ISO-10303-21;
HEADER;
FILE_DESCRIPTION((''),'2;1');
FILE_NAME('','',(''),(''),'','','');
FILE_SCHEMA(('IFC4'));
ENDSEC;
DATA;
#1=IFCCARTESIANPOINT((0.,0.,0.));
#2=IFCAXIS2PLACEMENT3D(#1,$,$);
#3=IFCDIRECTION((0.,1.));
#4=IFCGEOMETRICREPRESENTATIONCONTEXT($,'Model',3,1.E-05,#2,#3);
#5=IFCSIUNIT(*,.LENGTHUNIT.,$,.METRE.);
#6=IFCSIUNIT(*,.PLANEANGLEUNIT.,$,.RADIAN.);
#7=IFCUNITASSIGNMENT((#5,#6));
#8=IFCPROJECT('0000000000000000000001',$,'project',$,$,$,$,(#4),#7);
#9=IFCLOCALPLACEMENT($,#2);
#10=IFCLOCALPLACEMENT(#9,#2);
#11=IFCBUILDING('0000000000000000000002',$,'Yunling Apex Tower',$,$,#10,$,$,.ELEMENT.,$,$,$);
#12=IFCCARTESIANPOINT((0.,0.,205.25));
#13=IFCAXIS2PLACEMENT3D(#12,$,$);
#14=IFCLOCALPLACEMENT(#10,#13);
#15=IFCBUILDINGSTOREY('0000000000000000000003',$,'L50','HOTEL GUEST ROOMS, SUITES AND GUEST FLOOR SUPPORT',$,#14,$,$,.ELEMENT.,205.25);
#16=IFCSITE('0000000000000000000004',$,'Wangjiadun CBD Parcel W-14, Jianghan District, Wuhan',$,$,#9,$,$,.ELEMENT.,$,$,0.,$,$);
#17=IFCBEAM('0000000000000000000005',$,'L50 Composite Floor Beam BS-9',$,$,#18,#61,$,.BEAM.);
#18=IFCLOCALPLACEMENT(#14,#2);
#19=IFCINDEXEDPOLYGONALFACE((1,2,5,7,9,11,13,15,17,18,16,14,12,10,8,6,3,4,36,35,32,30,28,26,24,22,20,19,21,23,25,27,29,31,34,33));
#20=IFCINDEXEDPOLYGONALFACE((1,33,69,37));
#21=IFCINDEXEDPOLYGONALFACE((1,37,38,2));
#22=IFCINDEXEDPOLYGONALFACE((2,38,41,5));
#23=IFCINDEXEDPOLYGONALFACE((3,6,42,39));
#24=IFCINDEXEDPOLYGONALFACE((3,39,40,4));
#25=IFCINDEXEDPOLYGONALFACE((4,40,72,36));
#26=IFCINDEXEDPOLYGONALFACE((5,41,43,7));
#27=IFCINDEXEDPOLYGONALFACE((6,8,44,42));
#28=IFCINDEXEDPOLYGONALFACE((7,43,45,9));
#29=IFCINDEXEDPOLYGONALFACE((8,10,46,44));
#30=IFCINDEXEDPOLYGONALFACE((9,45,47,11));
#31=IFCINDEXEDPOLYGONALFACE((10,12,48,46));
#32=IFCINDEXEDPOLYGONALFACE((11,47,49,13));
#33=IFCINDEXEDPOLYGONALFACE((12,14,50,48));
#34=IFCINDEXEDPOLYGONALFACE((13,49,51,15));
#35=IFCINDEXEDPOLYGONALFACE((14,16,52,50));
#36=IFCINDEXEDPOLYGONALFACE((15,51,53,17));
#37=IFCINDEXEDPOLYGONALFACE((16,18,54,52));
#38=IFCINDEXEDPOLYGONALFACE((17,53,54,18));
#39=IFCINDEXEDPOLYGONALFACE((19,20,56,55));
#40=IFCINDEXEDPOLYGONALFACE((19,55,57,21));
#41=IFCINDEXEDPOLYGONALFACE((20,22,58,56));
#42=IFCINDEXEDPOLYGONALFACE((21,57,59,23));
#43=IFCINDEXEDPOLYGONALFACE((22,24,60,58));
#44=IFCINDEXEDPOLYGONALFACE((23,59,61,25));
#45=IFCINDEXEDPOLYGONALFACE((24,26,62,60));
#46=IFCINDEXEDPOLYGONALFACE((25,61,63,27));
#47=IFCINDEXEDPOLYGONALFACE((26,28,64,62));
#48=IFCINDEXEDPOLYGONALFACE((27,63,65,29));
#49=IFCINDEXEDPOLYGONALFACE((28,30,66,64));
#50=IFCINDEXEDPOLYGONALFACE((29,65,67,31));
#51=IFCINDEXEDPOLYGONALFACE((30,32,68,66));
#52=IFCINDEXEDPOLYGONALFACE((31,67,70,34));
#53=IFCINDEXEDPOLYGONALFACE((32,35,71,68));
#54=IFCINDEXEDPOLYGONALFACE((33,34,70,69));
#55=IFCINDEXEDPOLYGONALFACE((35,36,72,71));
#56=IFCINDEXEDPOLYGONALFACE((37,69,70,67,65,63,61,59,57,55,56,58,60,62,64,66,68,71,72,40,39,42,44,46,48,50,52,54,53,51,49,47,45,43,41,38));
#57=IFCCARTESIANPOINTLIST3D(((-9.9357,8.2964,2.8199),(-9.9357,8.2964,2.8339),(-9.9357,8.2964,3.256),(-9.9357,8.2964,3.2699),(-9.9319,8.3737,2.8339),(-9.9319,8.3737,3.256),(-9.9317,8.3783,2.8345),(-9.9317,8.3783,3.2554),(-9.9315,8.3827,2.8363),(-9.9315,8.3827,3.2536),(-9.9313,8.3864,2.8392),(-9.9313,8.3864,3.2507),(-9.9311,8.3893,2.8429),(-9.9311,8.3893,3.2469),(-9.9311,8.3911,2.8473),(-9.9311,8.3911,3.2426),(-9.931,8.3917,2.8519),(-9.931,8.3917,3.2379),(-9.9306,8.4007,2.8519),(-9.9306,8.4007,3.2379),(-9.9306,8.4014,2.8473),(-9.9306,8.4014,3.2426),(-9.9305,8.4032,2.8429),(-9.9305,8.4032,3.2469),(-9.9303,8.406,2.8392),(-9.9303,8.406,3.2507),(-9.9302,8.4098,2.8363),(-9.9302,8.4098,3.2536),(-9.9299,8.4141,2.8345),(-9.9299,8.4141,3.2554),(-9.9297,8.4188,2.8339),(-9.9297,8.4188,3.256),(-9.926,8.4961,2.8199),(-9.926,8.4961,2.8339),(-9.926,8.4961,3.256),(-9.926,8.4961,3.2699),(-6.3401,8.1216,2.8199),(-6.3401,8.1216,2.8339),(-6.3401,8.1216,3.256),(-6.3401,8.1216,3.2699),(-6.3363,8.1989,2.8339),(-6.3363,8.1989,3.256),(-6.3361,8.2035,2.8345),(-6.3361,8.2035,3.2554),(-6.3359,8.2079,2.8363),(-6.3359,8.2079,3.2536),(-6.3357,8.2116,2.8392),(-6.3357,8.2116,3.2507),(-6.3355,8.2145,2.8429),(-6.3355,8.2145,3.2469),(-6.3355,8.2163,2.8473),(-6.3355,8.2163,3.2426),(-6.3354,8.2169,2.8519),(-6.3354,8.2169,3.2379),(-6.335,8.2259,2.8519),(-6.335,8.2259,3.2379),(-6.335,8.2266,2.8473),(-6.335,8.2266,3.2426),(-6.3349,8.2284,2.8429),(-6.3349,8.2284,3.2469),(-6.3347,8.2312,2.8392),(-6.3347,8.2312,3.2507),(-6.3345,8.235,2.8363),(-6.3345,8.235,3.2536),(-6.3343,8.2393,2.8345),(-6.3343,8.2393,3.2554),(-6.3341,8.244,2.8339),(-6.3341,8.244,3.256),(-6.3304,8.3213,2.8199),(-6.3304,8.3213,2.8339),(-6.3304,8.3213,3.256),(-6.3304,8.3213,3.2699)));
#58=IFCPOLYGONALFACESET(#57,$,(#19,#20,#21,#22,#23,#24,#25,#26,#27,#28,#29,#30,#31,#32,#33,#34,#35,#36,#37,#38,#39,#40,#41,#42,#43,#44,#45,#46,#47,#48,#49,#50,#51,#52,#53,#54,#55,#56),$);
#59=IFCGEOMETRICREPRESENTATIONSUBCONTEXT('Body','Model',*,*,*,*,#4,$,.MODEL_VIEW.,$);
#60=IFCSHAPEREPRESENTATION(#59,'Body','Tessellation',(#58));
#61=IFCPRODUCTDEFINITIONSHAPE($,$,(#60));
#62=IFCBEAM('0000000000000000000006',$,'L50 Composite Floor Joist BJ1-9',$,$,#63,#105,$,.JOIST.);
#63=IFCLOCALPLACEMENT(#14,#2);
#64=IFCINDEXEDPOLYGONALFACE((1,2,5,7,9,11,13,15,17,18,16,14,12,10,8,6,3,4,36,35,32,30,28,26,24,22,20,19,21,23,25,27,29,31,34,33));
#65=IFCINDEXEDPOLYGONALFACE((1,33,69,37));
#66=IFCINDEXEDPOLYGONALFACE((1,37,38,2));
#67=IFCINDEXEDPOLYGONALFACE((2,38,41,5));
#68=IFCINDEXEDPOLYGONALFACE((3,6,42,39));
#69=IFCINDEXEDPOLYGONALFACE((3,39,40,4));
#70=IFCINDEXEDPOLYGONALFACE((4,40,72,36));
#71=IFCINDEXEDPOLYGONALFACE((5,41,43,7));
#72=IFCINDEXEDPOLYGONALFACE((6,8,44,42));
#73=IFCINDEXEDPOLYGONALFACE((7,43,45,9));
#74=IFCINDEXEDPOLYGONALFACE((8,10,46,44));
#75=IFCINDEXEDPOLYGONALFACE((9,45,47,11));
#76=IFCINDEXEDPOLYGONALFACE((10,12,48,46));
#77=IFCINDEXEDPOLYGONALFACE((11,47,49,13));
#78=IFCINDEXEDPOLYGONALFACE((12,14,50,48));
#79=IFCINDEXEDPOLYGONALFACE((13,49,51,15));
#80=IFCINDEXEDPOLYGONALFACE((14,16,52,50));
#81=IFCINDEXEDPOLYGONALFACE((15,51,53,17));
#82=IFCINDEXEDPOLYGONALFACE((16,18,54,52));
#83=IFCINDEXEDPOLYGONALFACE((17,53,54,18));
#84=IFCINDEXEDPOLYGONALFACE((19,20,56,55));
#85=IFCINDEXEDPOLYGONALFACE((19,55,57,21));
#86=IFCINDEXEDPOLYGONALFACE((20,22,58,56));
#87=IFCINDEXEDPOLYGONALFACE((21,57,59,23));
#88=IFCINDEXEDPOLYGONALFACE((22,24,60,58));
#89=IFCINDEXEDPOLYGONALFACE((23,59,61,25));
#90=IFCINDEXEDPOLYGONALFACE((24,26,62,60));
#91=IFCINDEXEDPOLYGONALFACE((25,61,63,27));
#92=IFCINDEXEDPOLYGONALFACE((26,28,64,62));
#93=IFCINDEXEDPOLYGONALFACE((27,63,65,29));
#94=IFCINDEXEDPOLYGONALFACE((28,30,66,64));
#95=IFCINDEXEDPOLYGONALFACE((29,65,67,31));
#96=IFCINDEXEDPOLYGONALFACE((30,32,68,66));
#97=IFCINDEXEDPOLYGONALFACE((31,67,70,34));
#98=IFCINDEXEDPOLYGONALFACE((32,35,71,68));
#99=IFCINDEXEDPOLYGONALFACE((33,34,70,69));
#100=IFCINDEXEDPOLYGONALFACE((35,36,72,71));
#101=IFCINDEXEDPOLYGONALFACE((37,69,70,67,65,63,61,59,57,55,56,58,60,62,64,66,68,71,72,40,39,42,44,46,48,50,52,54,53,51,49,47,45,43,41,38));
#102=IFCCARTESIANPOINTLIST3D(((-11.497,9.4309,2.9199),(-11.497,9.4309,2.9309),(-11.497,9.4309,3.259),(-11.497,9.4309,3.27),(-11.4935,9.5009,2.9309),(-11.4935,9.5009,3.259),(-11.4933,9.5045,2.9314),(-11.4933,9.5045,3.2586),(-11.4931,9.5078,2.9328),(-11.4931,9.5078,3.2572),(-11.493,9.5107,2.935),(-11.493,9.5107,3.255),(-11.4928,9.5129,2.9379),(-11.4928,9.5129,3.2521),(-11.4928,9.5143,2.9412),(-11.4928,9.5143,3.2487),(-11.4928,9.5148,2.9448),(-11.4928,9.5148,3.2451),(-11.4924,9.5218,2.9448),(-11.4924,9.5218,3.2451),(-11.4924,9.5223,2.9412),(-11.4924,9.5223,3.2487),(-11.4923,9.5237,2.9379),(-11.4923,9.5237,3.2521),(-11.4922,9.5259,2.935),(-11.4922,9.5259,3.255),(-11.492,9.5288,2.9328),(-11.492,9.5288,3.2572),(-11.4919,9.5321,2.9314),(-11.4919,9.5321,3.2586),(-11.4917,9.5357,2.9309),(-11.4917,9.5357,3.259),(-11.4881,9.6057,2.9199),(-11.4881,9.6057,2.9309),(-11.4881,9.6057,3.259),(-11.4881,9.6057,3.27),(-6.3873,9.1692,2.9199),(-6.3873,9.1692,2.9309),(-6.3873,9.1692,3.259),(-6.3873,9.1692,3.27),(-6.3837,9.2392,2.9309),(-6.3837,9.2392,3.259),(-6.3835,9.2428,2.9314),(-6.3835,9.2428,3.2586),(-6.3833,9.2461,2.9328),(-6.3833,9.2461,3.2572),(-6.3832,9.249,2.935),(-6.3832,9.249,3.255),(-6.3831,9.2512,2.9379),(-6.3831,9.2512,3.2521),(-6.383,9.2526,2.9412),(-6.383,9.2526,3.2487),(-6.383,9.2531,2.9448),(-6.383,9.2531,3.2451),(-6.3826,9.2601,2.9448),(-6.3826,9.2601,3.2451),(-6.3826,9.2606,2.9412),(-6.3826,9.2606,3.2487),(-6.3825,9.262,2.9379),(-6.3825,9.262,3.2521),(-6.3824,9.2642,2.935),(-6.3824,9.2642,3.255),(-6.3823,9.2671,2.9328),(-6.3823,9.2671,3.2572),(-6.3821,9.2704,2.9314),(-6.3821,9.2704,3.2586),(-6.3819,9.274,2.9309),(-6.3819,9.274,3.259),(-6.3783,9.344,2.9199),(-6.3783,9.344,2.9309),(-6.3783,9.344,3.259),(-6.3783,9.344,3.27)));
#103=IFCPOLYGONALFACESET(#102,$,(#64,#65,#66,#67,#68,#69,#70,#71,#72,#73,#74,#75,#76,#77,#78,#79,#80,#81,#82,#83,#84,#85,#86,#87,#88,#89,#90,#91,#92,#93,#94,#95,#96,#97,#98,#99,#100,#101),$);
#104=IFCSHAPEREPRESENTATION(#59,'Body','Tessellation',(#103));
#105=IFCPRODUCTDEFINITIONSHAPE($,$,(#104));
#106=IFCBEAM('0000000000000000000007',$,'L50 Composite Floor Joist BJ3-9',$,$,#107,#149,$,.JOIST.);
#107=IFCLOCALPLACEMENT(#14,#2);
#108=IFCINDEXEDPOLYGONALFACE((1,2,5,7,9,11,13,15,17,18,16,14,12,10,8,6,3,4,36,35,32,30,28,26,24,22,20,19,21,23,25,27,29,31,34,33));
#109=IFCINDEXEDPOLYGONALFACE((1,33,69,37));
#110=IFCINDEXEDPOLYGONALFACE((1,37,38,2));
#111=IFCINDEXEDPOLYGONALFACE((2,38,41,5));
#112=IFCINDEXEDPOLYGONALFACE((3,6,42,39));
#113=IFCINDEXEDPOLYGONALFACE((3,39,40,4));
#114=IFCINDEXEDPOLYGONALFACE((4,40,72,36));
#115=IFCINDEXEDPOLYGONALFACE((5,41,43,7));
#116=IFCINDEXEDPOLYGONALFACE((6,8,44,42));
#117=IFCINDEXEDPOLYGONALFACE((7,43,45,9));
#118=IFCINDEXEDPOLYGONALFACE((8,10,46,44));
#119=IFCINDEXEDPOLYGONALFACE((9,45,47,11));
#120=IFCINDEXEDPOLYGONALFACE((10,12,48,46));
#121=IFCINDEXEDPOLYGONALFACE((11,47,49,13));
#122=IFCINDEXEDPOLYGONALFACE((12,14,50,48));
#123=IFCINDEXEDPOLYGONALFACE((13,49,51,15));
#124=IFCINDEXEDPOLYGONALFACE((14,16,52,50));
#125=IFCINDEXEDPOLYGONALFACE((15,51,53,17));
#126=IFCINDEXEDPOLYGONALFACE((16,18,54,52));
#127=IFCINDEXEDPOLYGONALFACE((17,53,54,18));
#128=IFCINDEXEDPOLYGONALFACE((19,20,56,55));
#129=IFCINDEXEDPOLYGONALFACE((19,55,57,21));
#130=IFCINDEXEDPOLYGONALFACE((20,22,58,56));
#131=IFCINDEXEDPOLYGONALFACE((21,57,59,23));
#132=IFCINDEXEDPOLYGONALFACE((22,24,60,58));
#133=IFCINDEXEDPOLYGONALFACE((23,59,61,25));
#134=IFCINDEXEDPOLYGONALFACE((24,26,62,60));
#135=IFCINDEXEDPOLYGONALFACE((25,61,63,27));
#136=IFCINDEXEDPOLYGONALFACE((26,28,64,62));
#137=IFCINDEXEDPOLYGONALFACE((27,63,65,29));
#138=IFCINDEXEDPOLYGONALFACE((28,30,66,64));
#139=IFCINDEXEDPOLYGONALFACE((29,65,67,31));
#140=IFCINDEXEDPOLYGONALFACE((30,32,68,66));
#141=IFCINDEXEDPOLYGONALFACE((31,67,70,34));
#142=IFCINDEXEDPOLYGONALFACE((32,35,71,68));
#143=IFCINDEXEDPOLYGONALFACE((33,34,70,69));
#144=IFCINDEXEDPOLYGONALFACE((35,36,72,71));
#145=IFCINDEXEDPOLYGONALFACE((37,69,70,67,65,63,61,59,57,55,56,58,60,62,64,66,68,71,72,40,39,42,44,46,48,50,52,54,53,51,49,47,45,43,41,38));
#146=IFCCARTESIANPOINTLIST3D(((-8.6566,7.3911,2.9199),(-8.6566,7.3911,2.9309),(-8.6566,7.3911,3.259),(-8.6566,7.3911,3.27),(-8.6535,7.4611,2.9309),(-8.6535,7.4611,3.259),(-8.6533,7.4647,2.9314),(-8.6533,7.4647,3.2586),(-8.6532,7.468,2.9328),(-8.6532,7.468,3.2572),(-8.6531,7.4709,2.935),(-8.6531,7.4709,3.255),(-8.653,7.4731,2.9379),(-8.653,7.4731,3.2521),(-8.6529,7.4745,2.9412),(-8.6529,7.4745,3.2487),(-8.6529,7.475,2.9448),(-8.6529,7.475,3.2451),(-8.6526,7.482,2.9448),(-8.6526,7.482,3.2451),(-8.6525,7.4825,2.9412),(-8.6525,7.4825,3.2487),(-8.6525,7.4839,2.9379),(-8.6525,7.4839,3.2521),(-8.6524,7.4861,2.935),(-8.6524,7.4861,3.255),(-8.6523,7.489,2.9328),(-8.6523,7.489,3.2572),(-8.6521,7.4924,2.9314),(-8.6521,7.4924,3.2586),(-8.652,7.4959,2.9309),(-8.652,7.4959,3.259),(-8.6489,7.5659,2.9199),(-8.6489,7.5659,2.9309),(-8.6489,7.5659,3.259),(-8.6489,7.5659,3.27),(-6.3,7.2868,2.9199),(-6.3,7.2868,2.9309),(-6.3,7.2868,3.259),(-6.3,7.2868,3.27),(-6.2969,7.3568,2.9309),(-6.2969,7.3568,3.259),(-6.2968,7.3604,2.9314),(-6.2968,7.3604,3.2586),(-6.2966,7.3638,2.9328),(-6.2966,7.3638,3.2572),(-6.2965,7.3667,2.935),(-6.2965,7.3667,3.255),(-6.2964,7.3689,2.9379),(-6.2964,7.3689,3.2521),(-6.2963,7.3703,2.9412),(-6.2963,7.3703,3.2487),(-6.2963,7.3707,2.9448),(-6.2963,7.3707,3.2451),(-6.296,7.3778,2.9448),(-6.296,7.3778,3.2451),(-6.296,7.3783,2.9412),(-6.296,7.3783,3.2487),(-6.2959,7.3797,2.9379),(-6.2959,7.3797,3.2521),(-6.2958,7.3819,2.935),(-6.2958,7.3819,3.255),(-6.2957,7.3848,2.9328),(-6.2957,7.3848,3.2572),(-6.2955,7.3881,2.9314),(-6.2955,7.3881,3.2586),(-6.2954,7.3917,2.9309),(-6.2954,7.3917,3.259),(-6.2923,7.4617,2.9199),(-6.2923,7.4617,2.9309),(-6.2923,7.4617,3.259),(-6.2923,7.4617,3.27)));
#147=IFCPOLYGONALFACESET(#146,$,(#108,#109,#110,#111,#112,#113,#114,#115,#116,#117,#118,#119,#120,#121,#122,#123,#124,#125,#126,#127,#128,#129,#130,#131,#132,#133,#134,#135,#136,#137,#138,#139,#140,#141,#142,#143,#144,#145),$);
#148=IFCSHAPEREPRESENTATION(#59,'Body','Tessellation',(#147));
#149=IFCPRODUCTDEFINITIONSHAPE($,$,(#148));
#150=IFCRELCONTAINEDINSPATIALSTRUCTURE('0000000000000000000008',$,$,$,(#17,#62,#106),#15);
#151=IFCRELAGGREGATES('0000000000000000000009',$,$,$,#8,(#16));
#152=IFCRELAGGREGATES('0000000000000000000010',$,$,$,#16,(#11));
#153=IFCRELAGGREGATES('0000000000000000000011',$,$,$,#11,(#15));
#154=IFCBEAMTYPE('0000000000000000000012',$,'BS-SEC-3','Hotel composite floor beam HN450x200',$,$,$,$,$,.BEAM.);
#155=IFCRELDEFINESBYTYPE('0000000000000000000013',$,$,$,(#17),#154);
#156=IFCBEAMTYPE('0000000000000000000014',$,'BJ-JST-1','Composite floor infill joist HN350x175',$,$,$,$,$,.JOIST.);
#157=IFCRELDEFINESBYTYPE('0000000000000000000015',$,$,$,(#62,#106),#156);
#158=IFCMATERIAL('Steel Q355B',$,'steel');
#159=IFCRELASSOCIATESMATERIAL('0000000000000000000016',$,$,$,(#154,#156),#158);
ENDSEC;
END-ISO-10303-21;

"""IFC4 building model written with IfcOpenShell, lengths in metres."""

from ifc_helpers import new_model, si_unit, direction, frame, origin, origin_2d, place, context, subcontext, project, spatial, i_section, extrude, source, transform, mapped, material, material_profile, profile_set, type_object, element, save


model = new_model("IFC4")

# Units and contexts
model_context = context("Model", 3, precision=1e-05, world=origin(), true_north=direction((0.0, 1.0)))
body_context = subcontext(model_context, "Body", "Model", "MODEL_VIEW")
ifc_project = project(units=[si_unit("LENGTHUNIT", "METRE"), si_unit("PLANEANGLEUNIT", "RADIAN")], contexts=[model_context])

# Site, building, storey
site_placement = place(None, origin())
site = spatial("IfcSite", under=ifc_project, at=site_placement, Name="Wangjiadun CBD Parcel W-14, Jianghan District, Wuhan", CompositionType="ELEMENT", RefElevation=0.0)
building_placement = place(site_placement, origin())
building = spatial("IfcBuilding", under=site, at=building_placement, Name="Yunling Apex Tower", CompositionType="ELEMENT")
storey_placement = place(building_placement, frame((0.0, 0.0, 205.25)))
storey = spatial("IfcBuildingStorey", under=building, at=storey_placement, Name="L50", Description="HOTEL GUEST ROOMS, SUITES AND GUEST FLOOR SUPPORT", CompositionType="ELEMENT", Elevation=205.25)

# Beams
ifc_material_1 = material(Name="Steel Q355B", Category="steel")
ifc_material_profile_1 = material_profile(ifc_material_1, i_section(OverallWidth=0.2, OverallDepth=0.45, WebThickness=0.009, FlangeThickness=0.0139, FilletRadius=0.0181, at=origin_2d()))
ifc_profile_set_1 = profile_set([ifc_material_profile_1], Name="Steel Q355B")
beam_type_1 = type_object("IfcBeamType", Name="BS-SEC-3", Description="Hotel composite floor beam HN450x200", PredefinedType="BEAM", material=ifc_profile_set_1)
shared_shape_1 = source(origin(), body_context, "Body", "SweptSolid", [
    extrude(i_section(OverallWidth=0.2, OverallDepth=0.45, WebThickness=0.009, FlangeThickness=0.0139, FilletRadius=0.0181, at=origin_2d()), origin(), (0.0, 0.0, 1.0), 3.5999),
])
beam_1_placement = place(storey_placement, frame((-6.3352, 8.2214, 3.0449), z_axis=(-0.99882, 0.048558, 0.0), x_axis=(-0.048558, -0.99882, 0.0)))
element("IfcBeam", 1, at=beam_1_placement, inside=storey, type_object=beam_type_1, Name="L50 Composite Floor Beam BS-9", PredefinedType="BEAM", context=body_context, shape_type="MappedRepresentation", body=[
    mapped(shared_shape_1, transform((0.0, 0.0, 0.0), scale=1.0)),
])
ifc_material_profile_2 = material_profile(ifc_material_1, i_section(OverallWidth=0.175, OverallDepth=0.3501, WebThickness=0.0071, FlangeThickness=0.011, FilletRadius=0.0139, at=origin_2d()))
ifc_profile_set_2 = profile_set([ifc_material_profile_2], Name="Steel Q355B")
beam_type_2 = type_object("IfcBeamType", Name="BJ-JST-1", Description="Composite floor infill joist HN350x175", PredefinedType="JOIST", material=ifc_profile_set_2)
shared_shape_2 = source(origin(), body_context, "Body", "SweptSolid", [
    extrude(i_section(OverallWidth=0.175, OverallDepth=0.3501, WebThickness=0.0071, FlangeThickness=0.011, FilletRadius=0.0139, at=origin_2d()), origin(), (0.0, 0.0, 1.0), 5.1165),
])
beam_2_placement = place(storey_placement, frame((-6.3828, 9.2566, 3.095), z_axis=(-0.998691, 0.051151, 0.0), x_axis=(-0.051151, -0.998691, 0.0)))
element("IfcBeam", 2, at=beam_2_placement, inside=storey, type_object=beam_type_2, Name="L50 Composite Floor Joist BJ1-9", PredefinedType="JOIST", context=body_context, shape_type="MappedRepresentation", body=[
    mapped(shared_shape_2, transform((0.0, 0.0, 0.0), scale=1.0)),
])
shared_shape_3 = source(origin(), body_context, "Body", "SweptSolid", [
    extrude(i_section(OverallWidth=0.175, OverallDepth=0.3501, WebThickness=0.0071, FlangeThickness=0.011, FilletRadius=0.0139, at=origin_2d()), origin(), (0.0, 0.0, 1.0), 2.3589),
])
beam_3_placement = place(storey_placement, frame((-6.2961, 7.3743, 3.095), z_axis=(-0.999023, 0.044192, 0.0), x_axis=(-0.044192, -0.999023, 0.0)))
element("IfcBeam", 3, at=beam_3_placement, inside=storey, type_object=beam_type_2, Name="L50 Composite Floor Joist BJ3-9", PredefinedType="JOIST", context=body_context, shape_type="MappedRepresentation", body=[
    mapped(shared_shape_3, transform((0.0, 0.0, 0.0), scale=1.0)),
])

save(model, "model.ifc")
